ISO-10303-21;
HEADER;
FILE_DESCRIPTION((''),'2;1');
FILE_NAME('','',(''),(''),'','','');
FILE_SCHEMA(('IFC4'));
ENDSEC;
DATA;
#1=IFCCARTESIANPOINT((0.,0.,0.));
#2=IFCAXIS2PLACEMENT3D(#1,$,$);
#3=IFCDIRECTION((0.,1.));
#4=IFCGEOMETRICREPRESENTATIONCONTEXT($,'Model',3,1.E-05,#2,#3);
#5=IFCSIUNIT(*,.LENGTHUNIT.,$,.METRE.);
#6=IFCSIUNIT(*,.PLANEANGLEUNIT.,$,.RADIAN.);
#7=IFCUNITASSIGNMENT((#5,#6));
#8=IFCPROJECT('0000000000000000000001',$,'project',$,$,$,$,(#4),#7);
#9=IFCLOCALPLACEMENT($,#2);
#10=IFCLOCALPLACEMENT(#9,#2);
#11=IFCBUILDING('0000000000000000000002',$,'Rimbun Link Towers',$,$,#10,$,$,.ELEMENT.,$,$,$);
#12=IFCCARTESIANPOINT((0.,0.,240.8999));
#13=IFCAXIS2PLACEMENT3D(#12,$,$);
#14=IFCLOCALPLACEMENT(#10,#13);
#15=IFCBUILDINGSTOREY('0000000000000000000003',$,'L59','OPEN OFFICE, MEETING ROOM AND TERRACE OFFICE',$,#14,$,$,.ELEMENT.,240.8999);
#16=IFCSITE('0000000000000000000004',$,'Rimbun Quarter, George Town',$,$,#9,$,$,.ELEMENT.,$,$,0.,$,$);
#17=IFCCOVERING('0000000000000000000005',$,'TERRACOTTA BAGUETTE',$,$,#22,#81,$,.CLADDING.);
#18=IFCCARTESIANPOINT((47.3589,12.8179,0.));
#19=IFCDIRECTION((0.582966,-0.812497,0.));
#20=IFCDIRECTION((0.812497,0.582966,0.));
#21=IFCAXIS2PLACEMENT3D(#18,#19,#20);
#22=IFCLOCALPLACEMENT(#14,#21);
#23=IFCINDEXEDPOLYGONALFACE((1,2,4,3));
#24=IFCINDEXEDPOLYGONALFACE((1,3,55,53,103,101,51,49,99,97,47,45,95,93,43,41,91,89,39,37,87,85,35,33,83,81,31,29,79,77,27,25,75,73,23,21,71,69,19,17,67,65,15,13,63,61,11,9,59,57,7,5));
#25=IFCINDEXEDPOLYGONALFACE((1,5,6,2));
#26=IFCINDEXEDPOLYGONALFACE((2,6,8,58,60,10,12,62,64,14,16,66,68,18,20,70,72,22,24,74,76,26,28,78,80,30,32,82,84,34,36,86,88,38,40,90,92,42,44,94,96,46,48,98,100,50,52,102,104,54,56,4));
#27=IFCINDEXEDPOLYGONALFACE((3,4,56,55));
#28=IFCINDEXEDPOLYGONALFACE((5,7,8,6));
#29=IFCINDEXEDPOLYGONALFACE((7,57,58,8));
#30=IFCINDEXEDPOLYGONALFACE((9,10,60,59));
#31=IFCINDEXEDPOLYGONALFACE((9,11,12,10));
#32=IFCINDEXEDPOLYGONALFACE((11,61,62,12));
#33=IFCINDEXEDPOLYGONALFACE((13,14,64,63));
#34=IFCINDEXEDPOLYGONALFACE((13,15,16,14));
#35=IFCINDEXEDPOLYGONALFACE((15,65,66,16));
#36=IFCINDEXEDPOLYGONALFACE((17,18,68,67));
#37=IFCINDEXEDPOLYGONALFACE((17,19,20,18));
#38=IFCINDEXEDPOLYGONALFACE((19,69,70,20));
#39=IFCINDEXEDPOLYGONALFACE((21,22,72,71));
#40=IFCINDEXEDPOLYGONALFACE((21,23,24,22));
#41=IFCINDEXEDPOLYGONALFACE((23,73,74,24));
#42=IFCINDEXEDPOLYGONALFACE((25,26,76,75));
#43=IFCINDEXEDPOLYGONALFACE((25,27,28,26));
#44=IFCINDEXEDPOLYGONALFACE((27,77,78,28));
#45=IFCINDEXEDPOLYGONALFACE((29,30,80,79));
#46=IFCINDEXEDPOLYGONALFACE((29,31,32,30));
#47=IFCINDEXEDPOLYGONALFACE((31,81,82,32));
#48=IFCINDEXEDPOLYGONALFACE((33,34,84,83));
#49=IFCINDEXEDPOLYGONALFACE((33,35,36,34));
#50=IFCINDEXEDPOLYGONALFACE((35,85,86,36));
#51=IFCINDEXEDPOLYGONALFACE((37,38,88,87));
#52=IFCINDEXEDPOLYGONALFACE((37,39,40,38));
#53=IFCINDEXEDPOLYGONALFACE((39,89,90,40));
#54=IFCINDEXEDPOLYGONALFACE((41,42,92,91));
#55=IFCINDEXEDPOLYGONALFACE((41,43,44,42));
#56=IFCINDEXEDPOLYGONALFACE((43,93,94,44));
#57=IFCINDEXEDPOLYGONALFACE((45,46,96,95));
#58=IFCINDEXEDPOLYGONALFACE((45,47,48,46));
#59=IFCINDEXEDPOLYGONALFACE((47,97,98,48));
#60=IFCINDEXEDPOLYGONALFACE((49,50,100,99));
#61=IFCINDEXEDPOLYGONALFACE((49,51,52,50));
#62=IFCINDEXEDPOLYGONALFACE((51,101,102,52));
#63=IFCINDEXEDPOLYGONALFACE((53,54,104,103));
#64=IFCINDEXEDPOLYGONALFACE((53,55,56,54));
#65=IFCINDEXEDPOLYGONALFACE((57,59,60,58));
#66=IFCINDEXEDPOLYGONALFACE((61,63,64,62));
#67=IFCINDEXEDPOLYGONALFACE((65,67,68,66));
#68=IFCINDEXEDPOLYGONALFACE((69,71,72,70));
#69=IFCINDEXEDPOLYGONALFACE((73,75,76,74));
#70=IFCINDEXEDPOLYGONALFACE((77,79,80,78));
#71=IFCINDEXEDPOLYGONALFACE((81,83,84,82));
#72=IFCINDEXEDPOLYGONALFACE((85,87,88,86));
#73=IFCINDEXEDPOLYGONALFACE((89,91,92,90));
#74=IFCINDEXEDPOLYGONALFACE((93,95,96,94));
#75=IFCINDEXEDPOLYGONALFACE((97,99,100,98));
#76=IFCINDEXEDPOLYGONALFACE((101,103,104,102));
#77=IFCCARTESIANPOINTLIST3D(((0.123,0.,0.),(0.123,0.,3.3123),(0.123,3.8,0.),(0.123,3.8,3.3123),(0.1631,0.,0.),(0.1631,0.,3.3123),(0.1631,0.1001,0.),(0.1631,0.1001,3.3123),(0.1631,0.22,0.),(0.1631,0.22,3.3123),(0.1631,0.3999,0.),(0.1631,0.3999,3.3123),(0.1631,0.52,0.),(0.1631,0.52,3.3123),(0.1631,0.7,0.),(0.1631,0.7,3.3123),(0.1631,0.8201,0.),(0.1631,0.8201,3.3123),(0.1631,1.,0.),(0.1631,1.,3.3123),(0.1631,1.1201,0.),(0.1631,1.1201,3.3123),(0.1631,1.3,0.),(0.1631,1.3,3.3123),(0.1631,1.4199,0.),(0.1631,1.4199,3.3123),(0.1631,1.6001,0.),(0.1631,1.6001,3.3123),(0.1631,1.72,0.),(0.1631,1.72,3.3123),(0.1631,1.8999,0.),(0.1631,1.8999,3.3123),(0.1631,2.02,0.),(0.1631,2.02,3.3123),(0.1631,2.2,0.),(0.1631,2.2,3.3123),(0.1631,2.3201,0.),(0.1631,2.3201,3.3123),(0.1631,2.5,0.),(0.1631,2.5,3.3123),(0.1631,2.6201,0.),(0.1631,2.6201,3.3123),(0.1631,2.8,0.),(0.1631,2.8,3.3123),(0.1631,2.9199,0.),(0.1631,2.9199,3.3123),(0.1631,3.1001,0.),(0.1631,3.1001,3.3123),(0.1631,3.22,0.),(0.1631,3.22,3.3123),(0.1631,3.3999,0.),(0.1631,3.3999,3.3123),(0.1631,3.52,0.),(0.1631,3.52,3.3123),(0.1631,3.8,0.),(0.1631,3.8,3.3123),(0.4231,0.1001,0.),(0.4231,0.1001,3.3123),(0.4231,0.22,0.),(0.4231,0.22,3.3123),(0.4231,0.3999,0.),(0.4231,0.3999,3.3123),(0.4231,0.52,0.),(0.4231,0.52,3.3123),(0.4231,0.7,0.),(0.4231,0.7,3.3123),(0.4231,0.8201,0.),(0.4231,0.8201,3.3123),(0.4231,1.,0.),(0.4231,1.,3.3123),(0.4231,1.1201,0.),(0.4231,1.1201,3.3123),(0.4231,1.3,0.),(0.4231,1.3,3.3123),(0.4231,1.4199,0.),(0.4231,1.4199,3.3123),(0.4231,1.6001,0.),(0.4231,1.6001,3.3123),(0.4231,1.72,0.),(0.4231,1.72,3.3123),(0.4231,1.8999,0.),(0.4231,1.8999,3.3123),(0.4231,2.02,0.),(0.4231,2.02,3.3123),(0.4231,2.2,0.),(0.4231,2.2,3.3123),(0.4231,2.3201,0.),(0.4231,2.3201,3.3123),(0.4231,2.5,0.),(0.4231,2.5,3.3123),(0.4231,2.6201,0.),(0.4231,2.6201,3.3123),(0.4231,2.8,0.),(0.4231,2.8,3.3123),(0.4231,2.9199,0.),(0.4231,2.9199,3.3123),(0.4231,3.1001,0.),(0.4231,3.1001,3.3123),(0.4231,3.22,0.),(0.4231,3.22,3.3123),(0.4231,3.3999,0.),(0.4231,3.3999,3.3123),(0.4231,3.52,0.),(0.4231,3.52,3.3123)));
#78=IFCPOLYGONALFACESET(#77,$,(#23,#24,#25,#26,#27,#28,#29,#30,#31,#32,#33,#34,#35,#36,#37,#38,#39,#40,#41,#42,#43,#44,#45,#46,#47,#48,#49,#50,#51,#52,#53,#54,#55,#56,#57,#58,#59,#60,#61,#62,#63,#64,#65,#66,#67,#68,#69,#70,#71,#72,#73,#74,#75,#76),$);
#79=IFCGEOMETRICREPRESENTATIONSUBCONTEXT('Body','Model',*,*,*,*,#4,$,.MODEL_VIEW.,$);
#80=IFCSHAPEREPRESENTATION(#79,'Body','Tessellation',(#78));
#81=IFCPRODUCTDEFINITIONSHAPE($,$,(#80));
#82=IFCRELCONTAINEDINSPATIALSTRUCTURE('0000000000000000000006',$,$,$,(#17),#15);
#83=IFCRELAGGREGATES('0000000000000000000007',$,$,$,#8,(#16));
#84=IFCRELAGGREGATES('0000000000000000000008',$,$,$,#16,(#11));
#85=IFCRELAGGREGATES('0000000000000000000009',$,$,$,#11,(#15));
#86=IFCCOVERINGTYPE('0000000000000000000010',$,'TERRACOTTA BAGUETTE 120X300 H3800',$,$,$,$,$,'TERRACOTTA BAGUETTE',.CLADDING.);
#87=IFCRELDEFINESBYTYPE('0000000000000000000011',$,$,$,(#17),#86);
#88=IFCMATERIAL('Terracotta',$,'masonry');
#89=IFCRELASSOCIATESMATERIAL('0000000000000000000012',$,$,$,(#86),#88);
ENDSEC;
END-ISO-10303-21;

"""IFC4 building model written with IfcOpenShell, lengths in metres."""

from ifc_helpers import new_model, si_unit, direction, frame, origin, place, context, subcontext, project, spatial, polyline, outline, extrude, material, material_profile, profile_set, type_object, element, save


model = new_model("IFC4")

# Units and contexts
model_context = context("Model", 3, precision=1e-05, world=origin(), true_north=direction((0.0, 1.0)))
body_context = subcontext(model_context, "Body", "Model", "MODEL_VIEW")
ifc_project = project(units=[si_unit("LENGTHUNIT", "METRE"), si_unit("PLANEANGLEUNIT", "RADIAN")], contexts=[model_context])

# Site, building, storey
site_placement = place(None, origin())
site = spatial("IfcSite", under=ifc_project, at=site_placement, Name="Rimbun Quarter, George Town", CompositionType="ELEMENT", RefElevation=0.0)
building_placement = place(site_placement, origin())
building = spatial("IfcBuilding", under=site, at=building_placement, Name="Rimbun Link Towers", CompositionType="ELEMENT")
storey_placement = place(building_placement, frame((0.0, 0.0, 240.8999)))
storey = spatial("IfcBuildingStorey", under=building, at=storey_placement, Name="L59", Description="OPEN OFFICE, MEETING ROOM AND TERRACE OFFICE", CompositionType="ELEMENT", Elevation=240.8999)

# Covering
ifc_material_1 = material(Name="Terracotta", Category="masonry")
ifc_material_profile_1 = material_profile(ifc_material_1, outline(polyline([(0.123, 0.0), (0.1631, 0.0), (0.1631, 0.1001), (0.4231, 0.1001), (0.4231, 0.22), (0.1631, 0.22), (0.1631, 0.3999), (0.4231, 0.3999), (0.4231, 0.52), (0.1631, 0.52), (0.1631, 0.7), (0.4231, 0.7), (0.4231, 0.8201), (0.1631, 0.8201), (0.1631, 1.0), (0.4231, 1.0), (0.4231, 1.1201), (0.1631, 1.1201), (0.1631, 1.3), (0.4231, 1.3), (0.4231, 1.4199), (0.1631, 1.4199), (0.1631, 1.6001), (0.4231, 1.6001), (0.4231, 1.72), (0.1631, 1.72), (0.1631, 1.8999), (0.4231, 1.8999), (0.4231, 2.02), (0.1631, 2.02), (0.1631, 2.2), (0.4231, 2.2), (0.4231, 2.3201), (0.1631, 2.3201), (0.1631, 2.5), (0.4231, 2.5), (0.4231, 2.6201), (0.1631, 2.6201), (0.1631, 2.8), (0.4231, 2.8), (0.4231, 2.9199), (0.1631, 2.9199), (0.1631, 3.1001), (0.4231, 3.1001), (0.4231, 3.22), (0.1631, 3.22), (0.1631, 3.3999), (0.4231, 3.3999), (0.4231, 3.52), (0.1631, 3.52), (0.1631, 3.8), (0.123, 3.8), (0.123, 0.0)])), Name="BAGUETTE 120X300")
ifc_profile_set_1 = profile_set([ifc_material_profile_1], Name="Terracotta")
covering_type = type_object("IfcCoveringType", Name="TERRACOTTA BAGUETTE 120X300 H3800", ElementType="TERRACOTTA BAGUETTE", PredefinedType="CLADDING", material=ifc_profile_set_1)
covering_1_placement = place(storey_placement, frame((47.3589, 12.8179, 0.0), z_axis=(0.582966, -0.812497, 0.0), x_axis=(0.812497, 0.582966, 0.0)))
element("IfcCovering", 1, at=covering_1_placement, inside=storey, type_object=covering_type, Name="TERRACOTTA BAGUETTE", PredefinedType="CLADDING", context=body_context, shape_type="SweptSolid", body=[
    extrude(outline(polyline([(0.123, 0.0), (0.1631, 0.0), (0.1631, 0.1001), (0.4231, 0.1001), (0.4231, 0.22), (0.1631, 0.22), (0.1631, 0.3999), (0.4231, 0.3999), (0.4231, 0.52), (0.1631, 0.52), (0.1631, 0.7), (0.4231, 0.7), (0.4231, 0.8201), (0.1631, 0.8201), (0.1631, 1.0), (0.4231, 1.0), (0.4231, 1.1201), (0.1631, 1.1201), (0.1631, 1.3), (0.4231, 1.3), (0.4231, 1.4199), (0.1631, 1.4199), (0.1631, 1.6001), (0.4231, 1.6001), (0.4231, 1.72), (0.1631, 1.72), (0.1631, 1.8999), (0.4231, 1.8999), (0.4231, 2.02), (0.1631, 2.02), (0.1631, 2.2), (0.4231, 2.2), (0.4231, 2.3201), (0.1631, 2.3201), (0.1631, 2.5), (0.4231, 2.5), (0.4231, 2.6201), (0.1631, 2.6201), (0.1631, 2.8), (0.4231, 2.8), (0.4231, 2.9199), (0.1631, 2.9199), (0.1631, 3.1001), (0.4231, 3.1001), (0.4231, 3.22), (0.1631, 3.22), (0.1631, 3.3999), (0.4231, 3.3999), (0.4231, 3.52), (0.1631, 3.52), (0.1631, 3.8), (0.123, 3.8), (0.123, 0.0)])), origin(), (0.0, 0.0, 1.0), 3.3123),
])

save(model, "model.ifc")
